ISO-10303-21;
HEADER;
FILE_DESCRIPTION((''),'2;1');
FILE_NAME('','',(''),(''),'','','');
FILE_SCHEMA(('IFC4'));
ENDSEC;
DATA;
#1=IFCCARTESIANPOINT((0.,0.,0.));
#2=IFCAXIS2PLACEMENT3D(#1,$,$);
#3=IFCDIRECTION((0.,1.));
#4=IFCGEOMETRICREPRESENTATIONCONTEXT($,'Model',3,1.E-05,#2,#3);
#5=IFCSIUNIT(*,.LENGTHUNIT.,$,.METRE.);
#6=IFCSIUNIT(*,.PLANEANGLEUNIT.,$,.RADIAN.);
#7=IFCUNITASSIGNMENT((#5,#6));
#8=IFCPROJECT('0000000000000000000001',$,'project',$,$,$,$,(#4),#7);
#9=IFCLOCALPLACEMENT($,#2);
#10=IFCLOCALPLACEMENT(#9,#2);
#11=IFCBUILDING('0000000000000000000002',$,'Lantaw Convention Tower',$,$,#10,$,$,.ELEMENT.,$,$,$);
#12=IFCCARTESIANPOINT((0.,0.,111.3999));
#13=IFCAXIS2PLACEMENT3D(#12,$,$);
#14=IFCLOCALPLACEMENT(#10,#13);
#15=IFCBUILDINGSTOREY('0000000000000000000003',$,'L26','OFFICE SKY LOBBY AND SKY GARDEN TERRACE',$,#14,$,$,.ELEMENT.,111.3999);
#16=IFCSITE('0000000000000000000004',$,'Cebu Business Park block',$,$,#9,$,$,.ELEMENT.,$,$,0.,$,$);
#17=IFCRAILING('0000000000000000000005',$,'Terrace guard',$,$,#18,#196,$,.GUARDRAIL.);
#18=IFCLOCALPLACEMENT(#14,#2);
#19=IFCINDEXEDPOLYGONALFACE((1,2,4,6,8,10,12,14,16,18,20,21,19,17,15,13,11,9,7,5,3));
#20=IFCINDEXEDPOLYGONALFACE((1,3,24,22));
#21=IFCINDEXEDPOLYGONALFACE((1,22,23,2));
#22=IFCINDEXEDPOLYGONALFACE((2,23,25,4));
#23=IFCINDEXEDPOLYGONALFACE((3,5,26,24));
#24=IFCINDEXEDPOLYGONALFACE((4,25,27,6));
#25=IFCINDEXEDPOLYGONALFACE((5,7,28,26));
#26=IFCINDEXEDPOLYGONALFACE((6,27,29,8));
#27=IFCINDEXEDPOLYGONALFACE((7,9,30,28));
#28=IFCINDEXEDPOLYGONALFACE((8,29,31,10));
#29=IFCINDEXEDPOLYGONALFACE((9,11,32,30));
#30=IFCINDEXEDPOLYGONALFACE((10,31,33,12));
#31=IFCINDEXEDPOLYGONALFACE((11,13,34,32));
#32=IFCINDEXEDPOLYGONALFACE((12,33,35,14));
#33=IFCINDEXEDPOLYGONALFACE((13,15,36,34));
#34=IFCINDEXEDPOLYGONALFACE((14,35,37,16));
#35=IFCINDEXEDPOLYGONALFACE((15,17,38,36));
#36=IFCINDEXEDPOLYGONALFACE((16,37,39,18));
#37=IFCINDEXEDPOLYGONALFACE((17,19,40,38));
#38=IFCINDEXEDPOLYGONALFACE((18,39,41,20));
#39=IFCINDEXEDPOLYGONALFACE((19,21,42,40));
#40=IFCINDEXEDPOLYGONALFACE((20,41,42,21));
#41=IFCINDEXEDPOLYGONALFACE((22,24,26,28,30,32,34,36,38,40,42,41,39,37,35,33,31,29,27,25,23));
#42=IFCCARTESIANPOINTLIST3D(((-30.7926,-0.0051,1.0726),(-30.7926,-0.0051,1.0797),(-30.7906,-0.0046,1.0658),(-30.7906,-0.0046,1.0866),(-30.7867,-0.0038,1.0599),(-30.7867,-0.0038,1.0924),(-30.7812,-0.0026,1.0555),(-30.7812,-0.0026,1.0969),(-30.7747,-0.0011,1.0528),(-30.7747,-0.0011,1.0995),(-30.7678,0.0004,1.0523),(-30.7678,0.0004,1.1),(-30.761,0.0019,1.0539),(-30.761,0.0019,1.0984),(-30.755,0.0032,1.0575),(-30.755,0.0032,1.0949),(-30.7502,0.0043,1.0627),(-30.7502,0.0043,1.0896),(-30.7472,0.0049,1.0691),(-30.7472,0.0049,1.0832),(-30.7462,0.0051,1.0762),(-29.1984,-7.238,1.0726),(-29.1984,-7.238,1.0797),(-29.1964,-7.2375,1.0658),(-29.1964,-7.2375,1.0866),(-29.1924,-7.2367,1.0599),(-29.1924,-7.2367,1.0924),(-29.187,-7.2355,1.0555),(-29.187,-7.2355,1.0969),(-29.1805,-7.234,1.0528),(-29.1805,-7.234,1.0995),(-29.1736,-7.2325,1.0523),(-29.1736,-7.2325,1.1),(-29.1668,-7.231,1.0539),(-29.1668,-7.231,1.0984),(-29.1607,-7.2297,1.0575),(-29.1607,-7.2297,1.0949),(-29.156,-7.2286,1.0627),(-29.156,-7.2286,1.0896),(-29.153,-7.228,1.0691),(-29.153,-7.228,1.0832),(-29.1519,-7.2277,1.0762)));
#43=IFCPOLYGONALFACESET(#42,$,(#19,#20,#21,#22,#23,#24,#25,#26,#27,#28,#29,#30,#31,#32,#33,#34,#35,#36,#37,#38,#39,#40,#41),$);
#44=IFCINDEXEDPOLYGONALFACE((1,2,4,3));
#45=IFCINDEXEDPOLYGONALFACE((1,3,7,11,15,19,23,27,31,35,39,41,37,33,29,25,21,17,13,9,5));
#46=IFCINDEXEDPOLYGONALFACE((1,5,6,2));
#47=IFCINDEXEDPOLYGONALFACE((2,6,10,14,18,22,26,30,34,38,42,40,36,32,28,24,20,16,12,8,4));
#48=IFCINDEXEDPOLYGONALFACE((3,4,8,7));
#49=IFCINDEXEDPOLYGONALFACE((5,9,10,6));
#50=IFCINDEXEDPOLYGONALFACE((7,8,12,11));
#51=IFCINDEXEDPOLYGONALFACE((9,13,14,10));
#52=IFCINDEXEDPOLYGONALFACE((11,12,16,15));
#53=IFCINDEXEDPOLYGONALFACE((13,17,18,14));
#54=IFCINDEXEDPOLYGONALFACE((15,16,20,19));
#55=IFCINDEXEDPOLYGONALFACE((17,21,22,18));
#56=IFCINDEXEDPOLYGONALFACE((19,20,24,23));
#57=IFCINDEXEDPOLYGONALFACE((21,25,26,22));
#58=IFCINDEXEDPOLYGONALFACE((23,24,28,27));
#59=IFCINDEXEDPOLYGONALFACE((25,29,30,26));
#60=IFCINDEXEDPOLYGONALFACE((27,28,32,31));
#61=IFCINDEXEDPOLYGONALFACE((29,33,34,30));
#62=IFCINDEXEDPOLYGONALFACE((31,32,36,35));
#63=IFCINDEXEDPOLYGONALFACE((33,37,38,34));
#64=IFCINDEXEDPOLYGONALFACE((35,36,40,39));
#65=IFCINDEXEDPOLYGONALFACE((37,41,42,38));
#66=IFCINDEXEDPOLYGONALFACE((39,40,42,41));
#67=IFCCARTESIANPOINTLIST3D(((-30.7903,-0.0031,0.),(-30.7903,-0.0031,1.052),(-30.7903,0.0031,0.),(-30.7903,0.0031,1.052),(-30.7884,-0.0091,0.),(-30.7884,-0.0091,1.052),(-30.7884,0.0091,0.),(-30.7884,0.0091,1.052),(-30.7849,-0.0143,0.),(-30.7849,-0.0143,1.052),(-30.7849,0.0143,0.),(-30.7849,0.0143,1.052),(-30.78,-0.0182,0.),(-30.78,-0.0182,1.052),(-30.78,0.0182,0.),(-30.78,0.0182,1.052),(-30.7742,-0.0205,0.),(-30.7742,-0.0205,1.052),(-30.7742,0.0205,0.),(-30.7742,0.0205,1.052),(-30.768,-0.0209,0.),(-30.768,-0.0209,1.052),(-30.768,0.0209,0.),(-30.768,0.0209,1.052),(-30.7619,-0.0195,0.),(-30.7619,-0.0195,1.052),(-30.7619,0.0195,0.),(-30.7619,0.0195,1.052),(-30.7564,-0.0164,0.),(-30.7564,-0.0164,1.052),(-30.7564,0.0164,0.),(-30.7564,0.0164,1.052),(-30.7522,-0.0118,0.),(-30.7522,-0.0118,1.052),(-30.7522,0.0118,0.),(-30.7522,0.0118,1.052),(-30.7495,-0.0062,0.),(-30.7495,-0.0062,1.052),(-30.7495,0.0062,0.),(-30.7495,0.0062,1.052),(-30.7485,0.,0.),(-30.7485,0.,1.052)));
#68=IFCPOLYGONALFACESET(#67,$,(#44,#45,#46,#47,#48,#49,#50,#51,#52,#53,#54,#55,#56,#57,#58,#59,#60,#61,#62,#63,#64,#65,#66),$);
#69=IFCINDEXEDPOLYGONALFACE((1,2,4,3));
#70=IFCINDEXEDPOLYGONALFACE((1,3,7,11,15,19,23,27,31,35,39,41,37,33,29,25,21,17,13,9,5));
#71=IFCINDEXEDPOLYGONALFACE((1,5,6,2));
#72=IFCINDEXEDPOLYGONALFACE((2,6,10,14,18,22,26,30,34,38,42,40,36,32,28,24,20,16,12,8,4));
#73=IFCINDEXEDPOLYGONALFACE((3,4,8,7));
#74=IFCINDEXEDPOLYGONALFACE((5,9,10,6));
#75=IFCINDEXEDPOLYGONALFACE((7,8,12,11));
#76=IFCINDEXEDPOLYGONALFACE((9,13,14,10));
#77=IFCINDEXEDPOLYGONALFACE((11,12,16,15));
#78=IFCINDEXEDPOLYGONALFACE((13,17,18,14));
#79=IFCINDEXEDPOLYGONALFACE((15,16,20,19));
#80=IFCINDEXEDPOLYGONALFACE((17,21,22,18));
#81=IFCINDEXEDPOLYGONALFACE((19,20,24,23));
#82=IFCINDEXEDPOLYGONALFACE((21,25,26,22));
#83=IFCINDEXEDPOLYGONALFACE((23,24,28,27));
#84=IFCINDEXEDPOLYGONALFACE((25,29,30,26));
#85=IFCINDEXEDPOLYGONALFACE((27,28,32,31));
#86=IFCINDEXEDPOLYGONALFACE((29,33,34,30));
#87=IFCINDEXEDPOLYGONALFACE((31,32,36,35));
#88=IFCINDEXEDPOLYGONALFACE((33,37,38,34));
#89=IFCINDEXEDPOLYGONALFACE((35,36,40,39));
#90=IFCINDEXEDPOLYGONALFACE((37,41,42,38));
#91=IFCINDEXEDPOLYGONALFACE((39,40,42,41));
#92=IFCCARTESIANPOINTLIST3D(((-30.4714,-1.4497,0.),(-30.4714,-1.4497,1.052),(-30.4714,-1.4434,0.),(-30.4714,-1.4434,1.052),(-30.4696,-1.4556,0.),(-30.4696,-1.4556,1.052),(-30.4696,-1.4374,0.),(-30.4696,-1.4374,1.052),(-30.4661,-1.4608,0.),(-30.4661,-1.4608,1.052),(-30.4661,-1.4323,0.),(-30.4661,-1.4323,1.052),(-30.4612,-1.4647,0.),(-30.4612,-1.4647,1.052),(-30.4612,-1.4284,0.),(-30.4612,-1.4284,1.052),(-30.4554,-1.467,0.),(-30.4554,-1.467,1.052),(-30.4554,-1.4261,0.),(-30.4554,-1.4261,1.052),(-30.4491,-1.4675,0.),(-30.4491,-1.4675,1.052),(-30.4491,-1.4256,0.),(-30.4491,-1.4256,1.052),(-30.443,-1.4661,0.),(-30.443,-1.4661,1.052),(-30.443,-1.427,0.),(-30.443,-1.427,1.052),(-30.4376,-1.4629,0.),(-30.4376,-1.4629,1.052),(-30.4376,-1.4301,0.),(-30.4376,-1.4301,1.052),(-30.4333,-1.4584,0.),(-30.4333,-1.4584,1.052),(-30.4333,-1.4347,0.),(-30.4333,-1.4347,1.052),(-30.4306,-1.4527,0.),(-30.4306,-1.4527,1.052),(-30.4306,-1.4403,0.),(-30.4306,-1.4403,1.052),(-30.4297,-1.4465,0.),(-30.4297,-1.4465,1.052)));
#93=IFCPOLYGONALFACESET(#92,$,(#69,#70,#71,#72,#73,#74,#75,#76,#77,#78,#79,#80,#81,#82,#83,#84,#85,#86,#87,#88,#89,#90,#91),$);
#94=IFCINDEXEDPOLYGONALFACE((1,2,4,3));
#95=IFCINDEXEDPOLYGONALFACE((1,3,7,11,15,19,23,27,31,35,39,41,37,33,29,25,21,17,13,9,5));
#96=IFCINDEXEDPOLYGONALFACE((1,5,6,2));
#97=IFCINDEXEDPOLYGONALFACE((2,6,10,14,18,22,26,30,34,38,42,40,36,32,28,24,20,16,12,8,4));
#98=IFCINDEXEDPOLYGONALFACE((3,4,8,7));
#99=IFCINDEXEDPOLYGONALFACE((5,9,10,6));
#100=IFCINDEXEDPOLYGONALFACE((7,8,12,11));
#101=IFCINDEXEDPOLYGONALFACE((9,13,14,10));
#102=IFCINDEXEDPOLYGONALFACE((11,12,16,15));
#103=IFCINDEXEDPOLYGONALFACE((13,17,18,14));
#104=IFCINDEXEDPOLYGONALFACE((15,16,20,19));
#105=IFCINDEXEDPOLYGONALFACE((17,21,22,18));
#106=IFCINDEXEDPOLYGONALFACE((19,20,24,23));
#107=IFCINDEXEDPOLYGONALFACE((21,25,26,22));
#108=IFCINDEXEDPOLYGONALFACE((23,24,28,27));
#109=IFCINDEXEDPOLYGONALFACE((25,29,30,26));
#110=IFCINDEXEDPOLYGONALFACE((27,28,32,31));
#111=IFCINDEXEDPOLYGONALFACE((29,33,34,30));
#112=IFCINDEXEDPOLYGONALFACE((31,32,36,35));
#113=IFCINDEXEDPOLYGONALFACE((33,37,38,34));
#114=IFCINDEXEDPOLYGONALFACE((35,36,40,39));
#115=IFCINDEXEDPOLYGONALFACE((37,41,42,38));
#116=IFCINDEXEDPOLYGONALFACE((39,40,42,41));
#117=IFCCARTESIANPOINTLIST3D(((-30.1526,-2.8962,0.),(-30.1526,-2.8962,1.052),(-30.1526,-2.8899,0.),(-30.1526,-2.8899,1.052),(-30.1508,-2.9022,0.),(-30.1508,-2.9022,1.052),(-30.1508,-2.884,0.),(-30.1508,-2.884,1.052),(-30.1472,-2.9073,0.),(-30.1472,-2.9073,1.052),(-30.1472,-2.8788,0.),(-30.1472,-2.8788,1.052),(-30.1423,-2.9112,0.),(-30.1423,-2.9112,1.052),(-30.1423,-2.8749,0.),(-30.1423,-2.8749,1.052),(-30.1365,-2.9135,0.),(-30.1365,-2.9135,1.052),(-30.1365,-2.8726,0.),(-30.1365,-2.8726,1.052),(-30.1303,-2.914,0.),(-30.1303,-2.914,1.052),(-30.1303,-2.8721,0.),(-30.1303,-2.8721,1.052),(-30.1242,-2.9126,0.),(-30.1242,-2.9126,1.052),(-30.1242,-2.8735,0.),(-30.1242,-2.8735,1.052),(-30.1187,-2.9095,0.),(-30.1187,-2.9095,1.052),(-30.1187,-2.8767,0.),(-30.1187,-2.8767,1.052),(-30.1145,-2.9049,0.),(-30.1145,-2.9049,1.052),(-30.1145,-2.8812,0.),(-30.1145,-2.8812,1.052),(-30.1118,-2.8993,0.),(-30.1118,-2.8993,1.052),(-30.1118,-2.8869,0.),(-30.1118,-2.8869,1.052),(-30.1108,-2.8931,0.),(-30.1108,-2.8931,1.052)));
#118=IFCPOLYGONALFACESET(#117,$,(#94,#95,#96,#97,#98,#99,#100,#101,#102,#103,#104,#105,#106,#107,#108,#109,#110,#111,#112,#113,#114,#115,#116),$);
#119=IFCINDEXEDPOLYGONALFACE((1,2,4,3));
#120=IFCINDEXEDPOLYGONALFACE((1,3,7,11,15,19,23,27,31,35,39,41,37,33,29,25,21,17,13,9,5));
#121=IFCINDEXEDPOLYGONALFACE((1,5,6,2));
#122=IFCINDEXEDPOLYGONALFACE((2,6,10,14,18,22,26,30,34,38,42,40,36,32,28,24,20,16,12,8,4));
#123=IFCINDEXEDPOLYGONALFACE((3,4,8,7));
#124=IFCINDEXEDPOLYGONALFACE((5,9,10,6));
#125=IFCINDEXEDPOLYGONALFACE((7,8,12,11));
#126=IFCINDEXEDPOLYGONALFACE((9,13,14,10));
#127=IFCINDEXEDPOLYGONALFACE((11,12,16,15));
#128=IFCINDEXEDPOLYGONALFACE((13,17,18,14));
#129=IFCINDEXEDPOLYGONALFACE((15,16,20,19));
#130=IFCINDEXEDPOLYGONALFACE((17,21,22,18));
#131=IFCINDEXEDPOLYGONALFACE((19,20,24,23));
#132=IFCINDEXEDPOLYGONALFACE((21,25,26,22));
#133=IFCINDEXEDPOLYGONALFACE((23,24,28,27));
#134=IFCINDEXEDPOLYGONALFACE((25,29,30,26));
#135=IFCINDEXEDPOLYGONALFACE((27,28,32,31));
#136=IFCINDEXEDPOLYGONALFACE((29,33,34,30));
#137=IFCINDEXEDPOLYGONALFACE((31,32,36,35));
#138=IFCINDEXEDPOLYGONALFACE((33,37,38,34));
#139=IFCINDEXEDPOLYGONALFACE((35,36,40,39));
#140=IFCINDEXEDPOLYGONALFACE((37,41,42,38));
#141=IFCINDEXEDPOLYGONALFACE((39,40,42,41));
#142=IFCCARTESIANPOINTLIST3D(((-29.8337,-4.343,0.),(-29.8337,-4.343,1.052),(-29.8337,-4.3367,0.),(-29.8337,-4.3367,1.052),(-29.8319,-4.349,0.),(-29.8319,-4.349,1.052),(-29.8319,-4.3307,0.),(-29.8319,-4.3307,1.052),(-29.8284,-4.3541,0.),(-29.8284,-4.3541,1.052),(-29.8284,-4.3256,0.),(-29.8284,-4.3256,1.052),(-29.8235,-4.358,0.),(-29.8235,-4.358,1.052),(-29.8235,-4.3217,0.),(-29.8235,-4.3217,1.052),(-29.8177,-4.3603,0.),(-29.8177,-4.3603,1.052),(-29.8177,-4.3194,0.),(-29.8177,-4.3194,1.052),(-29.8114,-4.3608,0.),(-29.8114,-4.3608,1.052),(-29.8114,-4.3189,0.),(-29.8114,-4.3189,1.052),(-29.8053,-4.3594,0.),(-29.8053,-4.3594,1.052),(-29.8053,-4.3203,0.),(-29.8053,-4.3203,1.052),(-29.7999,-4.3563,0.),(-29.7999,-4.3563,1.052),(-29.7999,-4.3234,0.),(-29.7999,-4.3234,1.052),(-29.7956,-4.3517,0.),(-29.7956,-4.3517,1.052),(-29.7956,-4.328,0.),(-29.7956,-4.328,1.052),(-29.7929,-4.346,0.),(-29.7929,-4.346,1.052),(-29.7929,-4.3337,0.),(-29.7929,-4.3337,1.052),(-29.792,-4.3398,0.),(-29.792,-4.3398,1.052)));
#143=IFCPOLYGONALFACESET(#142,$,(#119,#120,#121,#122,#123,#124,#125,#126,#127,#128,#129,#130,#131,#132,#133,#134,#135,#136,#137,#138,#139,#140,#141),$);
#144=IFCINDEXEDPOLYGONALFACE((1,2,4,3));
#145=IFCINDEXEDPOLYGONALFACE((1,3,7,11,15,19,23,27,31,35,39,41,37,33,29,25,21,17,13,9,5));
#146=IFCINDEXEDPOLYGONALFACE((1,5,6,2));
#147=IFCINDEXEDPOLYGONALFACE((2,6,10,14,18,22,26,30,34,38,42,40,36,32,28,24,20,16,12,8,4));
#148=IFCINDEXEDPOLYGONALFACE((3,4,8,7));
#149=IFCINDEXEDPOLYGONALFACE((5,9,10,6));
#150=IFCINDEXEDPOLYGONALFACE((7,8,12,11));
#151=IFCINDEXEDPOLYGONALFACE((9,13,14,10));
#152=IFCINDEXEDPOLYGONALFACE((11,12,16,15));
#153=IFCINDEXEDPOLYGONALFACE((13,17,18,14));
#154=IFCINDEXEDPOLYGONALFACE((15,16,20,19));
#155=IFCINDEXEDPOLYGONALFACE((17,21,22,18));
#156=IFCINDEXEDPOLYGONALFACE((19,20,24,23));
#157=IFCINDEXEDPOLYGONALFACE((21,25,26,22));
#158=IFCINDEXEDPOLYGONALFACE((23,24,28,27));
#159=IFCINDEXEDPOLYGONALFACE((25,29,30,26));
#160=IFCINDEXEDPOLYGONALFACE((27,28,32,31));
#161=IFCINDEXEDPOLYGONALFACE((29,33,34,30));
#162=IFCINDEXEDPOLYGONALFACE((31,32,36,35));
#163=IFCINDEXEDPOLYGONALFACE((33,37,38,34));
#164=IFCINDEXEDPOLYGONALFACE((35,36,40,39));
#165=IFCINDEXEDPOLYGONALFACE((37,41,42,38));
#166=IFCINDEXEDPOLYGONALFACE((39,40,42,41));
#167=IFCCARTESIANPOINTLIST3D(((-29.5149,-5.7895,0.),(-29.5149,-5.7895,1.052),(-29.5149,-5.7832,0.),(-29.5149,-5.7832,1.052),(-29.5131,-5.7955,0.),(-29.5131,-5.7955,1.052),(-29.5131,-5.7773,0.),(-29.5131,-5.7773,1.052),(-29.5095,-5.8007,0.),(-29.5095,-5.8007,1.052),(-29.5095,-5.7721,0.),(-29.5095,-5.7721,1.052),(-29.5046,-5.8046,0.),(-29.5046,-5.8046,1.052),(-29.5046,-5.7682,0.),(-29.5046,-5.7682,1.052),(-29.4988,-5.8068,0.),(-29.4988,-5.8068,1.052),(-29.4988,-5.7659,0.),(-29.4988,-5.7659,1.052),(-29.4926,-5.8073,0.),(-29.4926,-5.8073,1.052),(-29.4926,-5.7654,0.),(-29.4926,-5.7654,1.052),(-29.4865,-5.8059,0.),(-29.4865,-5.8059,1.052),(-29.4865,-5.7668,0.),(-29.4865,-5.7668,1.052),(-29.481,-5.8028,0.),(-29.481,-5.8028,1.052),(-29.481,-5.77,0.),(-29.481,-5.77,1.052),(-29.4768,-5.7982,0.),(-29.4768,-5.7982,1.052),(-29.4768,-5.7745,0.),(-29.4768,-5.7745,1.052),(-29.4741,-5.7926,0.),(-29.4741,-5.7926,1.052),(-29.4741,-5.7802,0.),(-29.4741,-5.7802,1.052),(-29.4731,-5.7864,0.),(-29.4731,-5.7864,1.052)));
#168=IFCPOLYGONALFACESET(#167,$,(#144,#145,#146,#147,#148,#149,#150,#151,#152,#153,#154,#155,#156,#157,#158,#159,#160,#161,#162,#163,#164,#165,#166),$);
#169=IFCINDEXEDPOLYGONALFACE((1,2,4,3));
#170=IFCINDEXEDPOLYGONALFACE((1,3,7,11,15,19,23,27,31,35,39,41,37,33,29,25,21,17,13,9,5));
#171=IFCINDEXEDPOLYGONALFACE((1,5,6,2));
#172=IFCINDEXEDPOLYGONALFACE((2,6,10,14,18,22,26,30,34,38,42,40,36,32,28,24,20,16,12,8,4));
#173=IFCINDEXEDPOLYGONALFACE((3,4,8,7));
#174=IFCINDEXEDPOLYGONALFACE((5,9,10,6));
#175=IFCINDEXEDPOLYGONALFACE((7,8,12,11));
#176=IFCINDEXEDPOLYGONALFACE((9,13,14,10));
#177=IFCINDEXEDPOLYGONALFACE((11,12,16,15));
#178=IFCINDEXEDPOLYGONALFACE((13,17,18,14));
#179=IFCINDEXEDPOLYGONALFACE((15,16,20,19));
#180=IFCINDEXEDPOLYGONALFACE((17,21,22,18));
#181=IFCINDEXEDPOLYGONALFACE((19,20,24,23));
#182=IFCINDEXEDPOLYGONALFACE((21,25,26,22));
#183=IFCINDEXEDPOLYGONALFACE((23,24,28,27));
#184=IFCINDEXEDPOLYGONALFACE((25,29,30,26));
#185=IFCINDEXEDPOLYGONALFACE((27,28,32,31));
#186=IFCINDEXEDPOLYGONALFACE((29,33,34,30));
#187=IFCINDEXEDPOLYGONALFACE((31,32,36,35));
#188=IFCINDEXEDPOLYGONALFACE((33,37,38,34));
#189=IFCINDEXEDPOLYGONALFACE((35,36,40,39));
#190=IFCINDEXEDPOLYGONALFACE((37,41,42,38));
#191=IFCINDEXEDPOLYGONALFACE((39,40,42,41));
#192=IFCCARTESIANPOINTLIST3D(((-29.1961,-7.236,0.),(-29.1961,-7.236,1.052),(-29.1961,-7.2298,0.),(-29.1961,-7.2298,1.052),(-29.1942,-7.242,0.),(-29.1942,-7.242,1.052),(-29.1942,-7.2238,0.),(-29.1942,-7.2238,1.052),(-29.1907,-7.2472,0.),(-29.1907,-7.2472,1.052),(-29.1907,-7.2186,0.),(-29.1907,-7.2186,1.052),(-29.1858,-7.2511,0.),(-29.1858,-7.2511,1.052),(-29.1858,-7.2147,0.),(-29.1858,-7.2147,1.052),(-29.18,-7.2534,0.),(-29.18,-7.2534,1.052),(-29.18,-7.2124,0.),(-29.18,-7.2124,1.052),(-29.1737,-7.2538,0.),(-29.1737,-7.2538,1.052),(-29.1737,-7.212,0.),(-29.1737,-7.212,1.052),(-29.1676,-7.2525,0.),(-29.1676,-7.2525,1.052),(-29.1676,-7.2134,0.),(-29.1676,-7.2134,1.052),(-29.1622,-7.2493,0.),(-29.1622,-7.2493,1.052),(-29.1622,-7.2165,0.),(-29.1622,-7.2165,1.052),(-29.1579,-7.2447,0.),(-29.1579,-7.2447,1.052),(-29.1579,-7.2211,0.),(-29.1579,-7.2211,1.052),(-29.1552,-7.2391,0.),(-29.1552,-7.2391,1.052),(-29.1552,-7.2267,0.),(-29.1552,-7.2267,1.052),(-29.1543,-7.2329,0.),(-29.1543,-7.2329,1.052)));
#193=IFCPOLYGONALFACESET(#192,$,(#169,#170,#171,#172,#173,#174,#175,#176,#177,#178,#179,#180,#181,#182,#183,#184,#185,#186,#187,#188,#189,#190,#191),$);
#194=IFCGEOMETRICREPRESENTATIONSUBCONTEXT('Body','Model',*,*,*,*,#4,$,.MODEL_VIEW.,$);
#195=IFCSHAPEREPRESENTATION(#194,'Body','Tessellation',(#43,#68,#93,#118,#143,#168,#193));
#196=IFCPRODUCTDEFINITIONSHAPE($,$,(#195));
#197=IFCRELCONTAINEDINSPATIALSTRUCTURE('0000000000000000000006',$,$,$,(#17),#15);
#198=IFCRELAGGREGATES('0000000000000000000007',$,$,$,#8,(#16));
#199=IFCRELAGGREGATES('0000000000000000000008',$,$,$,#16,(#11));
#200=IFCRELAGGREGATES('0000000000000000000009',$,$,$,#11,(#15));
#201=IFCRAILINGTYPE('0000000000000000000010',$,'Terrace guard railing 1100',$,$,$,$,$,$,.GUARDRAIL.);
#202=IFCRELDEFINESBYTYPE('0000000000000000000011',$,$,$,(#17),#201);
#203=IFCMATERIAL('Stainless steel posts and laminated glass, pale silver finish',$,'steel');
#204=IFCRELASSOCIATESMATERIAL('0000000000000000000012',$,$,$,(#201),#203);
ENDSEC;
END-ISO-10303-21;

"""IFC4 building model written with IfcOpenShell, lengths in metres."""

from ifc_helpers import new_model, si_unit, direction, frame, origin, origin_2d, place, context, subcontext, project, spatial, circle, extrude, material, type_object, element, save


model = new_model("IFC4")

# Units and contexts
model_context = context("Model", 3, precision=1e-05, world=origin(), true_north=direction((0.0, 1.0)))
body_context = subcontext(model_context, "Body", "Model", "MODEL_VIEW")
ifc_project = project(units=[si_unit("LENGTHUNIT", "METRE"), si_unit("PLANEANGLEUNIT", "RADIAN")], contexts=[model_context])

# Site, building, storey
site_placement = place(None, origin())
site = spatial("IfcSite", under=ifc_project, at=site_placement, Name="Cebu Business Park block", CompositionType="ELEMENT", RefElevation=0.0)
building_placement = place(site_placement, origin())
building = spatial("IfcBuilding", under=site, at=building_placement, Name="Lantaw Convention Tower", CompositionType="ELEMENT")
storey_placement = place(building_placement, frame((0.0, 0.0, 111.3999)))
storey = spatial("IfcBuildingStorey", under=building, at=storey_placement, Name="L26", Description="OFFICE SKY LOBBY AND SKY GARDEN TERRACE", CompositionType="ELEMENT", Elevation=111.3999)

# Railing
ifc_material_1 = material(Name="Stainless steel posts and laminated glass, pale silver finish", Category="steel")
railing_type = type_object("IfcRailingType", Name="Terrace guard railing 1100", PredefinedType="GUARDRAIL", material=ifc_material_1)
railing_1_placement = place(storey_placement, frame((-30.7695, 0.0, 0.0)))
element("IfcRailing", 1, at=railing_1_placement, inside=storey, type_object=railing_type, Name="Terrace guard", PredefinedType="GUARDRAIL", context=body_context, shape_type="SweptSolid", body=[
    extrude(circle(Radius=0.0239, at=origin_2d()), frame((0.0, 0.0, 1.0762), z_axis=(0.215248, -0.976559, 0.0), x_axis=(0.976559, 0.215248, 0.0)), (0.0, 0.0, 1.0), 7.4065),
    extrude(circle(Radius=0.021, at=origin_2d()), origin(), (0.0, 0.0, 1.0), 1.052),
    extrude(circle(Radius=0.021, at=origin_2d()), frame((0.3188, -1.4465, 0.0)), (0.0, 0.0, 1.0), 1.052),
    extrude(circle(Radius=0.021, at=origin_2d()), frame((0.6377, -2.8931, 0.0)), (0.0, 0.0, 1.0), 1.052),
    extrude(circle(Radius=0.021, at=origin_2d()), frame((0.9565, -4.3398, 0.0)), (0.0, 0.0, 1.0), 1.052),
    extrude(circle(Radius=0.021, at=origin_2d()), frame((1.2754, -5.7864, 0.0)), (0.0, 0.0, 1.0), 1.052),
    extrude(circle(Radius=0.021, at=origin_2d()), frame((1.5942, -7.2329, 0.0)), (0.0, 0.0, 1.0), 1.052),
])

save(model, "model.ifc")
